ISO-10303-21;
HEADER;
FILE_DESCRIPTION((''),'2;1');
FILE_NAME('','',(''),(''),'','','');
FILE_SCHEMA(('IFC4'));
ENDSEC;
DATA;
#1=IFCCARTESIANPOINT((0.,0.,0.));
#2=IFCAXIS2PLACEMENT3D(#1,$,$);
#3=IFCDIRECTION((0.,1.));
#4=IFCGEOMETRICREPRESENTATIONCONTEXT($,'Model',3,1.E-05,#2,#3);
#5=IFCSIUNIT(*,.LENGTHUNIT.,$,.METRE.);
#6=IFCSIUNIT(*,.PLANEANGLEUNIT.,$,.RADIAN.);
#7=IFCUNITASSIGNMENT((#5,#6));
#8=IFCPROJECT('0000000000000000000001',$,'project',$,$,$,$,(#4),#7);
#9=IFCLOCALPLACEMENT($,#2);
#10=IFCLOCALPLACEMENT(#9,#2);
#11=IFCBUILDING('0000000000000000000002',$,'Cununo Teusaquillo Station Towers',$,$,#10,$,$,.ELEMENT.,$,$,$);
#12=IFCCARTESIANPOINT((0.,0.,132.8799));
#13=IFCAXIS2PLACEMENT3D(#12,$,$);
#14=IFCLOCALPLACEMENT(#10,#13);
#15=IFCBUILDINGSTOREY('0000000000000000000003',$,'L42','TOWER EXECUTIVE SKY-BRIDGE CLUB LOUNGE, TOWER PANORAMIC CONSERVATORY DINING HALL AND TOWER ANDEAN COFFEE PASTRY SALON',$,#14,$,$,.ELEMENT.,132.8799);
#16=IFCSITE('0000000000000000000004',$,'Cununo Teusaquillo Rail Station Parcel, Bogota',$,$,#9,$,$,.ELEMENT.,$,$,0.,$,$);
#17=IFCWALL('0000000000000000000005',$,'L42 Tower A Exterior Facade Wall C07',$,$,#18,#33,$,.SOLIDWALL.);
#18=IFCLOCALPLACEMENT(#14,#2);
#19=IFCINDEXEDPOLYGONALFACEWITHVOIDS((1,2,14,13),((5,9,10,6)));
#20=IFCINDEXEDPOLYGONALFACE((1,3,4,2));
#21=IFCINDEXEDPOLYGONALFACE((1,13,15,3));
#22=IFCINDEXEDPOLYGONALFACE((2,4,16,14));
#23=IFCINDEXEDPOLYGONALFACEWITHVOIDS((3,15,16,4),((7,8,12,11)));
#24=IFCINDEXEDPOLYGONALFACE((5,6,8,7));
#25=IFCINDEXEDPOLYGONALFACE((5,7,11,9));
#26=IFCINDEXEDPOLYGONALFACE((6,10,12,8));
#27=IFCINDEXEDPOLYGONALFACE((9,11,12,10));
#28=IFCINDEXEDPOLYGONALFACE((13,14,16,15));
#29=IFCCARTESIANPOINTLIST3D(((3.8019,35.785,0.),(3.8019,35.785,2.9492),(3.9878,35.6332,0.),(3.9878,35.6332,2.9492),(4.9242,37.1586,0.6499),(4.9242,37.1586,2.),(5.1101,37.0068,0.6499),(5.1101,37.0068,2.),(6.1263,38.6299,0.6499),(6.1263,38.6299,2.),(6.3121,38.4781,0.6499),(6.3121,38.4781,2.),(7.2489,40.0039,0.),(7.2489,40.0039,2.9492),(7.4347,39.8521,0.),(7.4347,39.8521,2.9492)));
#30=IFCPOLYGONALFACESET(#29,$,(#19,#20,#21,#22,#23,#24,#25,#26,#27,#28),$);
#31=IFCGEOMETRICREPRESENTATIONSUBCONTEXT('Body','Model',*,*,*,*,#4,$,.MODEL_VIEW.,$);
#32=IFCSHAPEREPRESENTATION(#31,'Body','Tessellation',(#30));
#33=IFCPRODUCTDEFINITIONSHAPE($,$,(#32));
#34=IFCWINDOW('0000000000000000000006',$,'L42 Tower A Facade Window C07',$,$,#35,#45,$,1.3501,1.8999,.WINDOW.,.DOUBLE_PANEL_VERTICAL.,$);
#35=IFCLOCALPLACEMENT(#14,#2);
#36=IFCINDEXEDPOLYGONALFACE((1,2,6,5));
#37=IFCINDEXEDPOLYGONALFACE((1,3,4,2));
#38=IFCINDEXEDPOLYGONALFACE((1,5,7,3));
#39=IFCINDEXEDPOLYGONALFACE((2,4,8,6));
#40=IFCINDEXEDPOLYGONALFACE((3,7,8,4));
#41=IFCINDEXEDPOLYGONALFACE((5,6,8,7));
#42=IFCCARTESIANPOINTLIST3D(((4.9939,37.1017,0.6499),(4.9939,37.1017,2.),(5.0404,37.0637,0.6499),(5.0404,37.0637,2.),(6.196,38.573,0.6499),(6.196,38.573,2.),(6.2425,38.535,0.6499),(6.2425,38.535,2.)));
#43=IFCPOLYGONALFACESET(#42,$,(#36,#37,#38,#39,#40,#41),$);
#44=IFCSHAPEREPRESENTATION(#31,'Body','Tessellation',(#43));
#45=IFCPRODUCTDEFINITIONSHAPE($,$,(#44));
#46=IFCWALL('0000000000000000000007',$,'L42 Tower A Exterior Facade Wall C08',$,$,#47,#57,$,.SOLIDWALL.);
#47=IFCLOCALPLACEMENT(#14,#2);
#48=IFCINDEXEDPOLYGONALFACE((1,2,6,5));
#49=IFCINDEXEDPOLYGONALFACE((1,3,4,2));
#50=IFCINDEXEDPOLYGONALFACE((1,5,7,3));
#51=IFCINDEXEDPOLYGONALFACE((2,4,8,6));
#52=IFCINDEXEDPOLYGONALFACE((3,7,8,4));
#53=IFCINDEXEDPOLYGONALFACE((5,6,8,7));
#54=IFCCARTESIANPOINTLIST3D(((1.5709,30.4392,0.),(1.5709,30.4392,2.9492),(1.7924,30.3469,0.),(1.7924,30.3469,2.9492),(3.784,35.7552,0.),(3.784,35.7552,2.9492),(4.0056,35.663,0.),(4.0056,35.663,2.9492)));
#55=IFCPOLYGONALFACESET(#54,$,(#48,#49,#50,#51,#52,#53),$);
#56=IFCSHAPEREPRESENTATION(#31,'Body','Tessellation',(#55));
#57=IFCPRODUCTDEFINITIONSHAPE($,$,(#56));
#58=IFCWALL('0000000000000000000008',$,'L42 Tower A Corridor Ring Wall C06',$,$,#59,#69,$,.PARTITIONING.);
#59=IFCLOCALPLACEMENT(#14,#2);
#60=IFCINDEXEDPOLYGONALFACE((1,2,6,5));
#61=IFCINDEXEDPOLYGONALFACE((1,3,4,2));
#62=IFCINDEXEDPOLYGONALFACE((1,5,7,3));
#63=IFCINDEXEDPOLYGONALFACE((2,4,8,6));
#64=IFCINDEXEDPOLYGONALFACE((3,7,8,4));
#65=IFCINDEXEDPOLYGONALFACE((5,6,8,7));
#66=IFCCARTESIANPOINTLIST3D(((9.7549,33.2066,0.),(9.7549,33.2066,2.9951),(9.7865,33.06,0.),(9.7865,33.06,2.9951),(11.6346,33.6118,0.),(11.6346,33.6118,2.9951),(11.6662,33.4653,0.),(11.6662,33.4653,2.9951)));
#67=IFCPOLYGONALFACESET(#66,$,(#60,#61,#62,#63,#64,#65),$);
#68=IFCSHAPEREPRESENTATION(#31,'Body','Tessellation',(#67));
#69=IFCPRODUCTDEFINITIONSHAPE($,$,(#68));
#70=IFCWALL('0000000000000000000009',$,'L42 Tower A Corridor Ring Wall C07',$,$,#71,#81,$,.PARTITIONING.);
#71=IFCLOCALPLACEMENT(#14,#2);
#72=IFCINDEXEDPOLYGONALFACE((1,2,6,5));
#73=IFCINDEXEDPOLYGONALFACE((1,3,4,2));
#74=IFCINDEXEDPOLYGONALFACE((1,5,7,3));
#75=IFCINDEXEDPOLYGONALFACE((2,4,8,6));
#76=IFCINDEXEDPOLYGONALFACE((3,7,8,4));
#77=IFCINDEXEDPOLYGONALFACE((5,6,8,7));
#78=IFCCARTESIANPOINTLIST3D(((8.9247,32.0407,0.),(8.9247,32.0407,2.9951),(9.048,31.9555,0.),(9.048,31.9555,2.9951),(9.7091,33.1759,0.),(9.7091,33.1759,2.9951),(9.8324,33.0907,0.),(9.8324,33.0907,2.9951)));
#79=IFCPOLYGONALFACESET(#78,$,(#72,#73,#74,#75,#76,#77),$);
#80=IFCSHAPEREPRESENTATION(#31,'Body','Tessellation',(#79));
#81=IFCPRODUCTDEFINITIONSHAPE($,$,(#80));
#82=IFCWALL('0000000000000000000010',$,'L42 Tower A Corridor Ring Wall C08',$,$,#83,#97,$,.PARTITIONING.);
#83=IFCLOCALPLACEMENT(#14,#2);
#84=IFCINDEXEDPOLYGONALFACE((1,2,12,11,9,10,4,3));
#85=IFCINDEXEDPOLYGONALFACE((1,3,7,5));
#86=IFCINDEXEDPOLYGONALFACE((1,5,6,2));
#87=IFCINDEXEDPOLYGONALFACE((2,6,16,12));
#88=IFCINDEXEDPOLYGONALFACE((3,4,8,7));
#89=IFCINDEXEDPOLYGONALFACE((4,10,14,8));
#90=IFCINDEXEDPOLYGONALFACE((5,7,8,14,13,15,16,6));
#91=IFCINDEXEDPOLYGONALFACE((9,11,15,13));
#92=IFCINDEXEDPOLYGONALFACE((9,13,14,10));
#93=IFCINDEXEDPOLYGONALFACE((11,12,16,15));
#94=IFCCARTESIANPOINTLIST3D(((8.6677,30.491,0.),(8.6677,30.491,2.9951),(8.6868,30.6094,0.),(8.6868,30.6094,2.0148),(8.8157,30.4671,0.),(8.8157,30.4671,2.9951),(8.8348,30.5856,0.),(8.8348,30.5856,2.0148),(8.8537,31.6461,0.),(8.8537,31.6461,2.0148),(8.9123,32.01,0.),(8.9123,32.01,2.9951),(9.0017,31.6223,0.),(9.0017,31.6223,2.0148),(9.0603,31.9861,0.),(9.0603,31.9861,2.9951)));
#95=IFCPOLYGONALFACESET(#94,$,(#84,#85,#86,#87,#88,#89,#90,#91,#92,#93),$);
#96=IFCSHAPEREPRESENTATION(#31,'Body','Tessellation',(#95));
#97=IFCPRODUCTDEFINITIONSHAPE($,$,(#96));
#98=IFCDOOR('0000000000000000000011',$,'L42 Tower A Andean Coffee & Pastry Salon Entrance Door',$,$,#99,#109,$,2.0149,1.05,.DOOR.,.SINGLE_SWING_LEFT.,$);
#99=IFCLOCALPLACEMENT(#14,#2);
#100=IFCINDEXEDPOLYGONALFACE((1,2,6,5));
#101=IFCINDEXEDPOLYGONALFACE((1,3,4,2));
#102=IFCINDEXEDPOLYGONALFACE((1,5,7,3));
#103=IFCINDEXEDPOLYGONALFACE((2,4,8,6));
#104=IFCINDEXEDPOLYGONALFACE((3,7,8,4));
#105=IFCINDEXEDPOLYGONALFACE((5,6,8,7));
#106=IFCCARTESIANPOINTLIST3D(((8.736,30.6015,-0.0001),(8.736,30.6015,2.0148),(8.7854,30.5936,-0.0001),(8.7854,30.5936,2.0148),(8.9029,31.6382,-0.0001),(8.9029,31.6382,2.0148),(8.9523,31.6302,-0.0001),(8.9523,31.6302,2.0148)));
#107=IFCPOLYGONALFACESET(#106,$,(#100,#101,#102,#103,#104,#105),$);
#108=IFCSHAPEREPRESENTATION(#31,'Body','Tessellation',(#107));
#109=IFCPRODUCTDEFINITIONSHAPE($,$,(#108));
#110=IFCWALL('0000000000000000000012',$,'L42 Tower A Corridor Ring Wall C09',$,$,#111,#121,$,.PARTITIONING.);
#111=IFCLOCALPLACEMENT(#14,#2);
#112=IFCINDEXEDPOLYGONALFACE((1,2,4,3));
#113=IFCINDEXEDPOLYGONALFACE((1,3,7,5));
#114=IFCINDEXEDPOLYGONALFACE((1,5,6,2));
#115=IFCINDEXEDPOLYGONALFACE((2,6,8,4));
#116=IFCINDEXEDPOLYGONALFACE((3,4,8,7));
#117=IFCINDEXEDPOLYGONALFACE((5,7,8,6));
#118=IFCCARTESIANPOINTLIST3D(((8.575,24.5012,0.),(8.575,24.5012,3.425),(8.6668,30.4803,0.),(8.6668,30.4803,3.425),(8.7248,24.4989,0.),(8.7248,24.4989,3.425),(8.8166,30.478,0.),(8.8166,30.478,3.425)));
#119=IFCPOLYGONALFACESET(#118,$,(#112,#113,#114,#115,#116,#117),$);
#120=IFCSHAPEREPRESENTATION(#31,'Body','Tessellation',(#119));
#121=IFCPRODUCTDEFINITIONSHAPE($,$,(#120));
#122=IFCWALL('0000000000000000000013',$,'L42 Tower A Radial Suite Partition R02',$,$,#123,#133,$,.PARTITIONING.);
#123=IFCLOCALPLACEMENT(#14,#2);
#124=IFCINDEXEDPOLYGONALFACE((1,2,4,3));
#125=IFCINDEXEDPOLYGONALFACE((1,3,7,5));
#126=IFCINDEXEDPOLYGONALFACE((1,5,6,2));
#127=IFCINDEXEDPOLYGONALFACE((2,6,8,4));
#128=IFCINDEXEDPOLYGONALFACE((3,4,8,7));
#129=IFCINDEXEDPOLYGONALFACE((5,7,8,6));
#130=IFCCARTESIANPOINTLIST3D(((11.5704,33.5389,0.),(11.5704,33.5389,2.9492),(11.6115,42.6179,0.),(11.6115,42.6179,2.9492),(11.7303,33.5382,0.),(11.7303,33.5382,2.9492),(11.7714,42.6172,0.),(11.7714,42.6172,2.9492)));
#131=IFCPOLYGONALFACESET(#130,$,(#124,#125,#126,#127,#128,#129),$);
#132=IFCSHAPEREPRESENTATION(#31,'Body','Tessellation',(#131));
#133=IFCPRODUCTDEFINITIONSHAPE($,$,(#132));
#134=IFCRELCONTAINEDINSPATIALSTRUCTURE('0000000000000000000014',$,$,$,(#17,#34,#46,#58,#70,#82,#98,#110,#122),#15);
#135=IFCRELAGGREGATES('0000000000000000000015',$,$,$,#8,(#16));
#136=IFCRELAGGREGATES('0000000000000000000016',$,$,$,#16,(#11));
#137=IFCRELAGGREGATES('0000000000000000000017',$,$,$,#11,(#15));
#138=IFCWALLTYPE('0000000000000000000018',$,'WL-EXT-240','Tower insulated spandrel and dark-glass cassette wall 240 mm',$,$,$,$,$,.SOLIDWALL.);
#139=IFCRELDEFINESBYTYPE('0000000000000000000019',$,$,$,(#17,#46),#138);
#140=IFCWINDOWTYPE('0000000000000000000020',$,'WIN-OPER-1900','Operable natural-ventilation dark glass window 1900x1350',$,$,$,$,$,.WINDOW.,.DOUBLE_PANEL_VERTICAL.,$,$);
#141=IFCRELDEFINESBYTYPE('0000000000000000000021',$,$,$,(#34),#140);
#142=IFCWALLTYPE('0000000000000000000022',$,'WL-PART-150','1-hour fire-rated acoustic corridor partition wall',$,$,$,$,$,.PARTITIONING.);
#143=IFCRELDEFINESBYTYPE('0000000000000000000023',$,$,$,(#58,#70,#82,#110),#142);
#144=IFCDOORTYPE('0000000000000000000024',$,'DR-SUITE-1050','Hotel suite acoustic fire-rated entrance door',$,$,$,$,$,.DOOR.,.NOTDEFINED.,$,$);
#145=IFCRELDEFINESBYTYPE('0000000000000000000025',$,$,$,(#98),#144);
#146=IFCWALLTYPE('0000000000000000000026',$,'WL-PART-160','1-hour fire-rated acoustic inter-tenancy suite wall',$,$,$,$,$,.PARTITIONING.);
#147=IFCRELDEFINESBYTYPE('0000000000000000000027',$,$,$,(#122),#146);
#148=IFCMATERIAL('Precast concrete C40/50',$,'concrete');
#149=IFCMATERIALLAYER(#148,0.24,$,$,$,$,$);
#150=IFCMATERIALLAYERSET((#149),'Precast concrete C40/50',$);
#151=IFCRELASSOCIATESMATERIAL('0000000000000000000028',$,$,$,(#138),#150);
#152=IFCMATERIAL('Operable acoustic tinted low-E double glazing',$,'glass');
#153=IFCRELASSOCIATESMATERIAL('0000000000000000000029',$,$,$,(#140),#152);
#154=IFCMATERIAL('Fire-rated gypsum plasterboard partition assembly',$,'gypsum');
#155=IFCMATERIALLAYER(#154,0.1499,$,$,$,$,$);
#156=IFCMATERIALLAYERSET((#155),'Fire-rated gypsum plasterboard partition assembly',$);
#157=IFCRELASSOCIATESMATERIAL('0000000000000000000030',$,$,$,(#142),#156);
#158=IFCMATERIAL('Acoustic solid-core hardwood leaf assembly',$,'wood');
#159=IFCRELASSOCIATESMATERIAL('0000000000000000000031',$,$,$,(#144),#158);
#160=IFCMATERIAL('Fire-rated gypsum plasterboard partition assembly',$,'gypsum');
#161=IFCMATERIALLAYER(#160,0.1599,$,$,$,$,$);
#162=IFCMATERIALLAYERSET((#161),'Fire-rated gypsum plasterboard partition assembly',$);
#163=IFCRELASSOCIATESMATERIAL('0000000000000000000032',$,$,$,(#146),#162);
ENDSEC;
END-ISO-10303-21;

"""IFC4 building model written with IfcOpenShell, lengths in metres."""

from ifc_helpers import new_model, si_unit, direction, frame, frame_2d, origin, place, context, subcontext, project, spatial, rectangle, extrude, source, transform, mapped, material, layer, layer_set, type_object, element, fill, save


model = new_model("IFC4")

# Units and contexts
model_context = context("Model", 3, precision=1e-05, world=origin(), true_north=direction((0.0, 1.0)))
body_context = subcontext(model_context, "Body", "Model", "MODEL_VIEW")
ifc_project = project(units=[si_unit("LENGTHUNIT", "METRE"), si_unit("PLANEANGLEUNIT", "RADIAN")], contexts=[model_context])

# Site, building, storey
site_placement = place(None, origin())
site = spatial("IfcSite", under=ifc_project, at=site_placement, Name="Cununo Teusaquillo Rail Station Parcel, Bogota", CompositionType="ELEMENT", RefElevation=0.0)
building_placement = place(site_placement, origin())
building = spatial("IfcBuilding", under=site, at=building_placement, Name="Cununo Teusaquillo Station Towers", CompositionType="ELEMENT")
storey_placement = place(building_placement, frame((0.0, 0.0, 132.8799)))
storey = spatial("IfcBuildingStorey", under=building, at=storey_placement, Name="L42", Description="TOWER EXECUTIVE SKY-BRIDGE CLUB LOUNGE, TOWER PANORAMIC CONSERVATORY DINING HALL AND TOWER ANDEAN COFFEE PASTRY SALON", CompositionType="ELEMENT", Elevation=132.8799)

# Shared definitions
ifc_material_1 = material(Name="Precast concrete C40/50", Category="concrete")
ifc_layer_1 = layer(ifc_material_1, 0.24)
ifc_layer_set_1 = layer_set([ifc_layer_1], Name="Precast concrete C40/50")
wall_type_1 = type_object("IfcWallType", Name="WL-EXT-240", Description="Tower insulated spandrel and dark-glass cassette wall 240 mm", PredefinedType="SOLIDWALL", material=ifc_layer_set_1)

# Wall, opening, window
wall_1_placement = place(storey_placement, frame((3.8948, 35.709, 0.0), z_axis=(0.0, 0.0, 1.0), x_axis=(0.632701, 0.774396, 0.0)))
wall_1 = element("IfcWall", 1, at=wall_1_placement, inside=storey, type_object=wall_type_1, Name="L42 Tower A Exterior Facade Wall C07", PredefinedType="SOLIDWALL", context=body_context, shape_type="SweptSolid", body=[
    extrude(rectangle(XDim=5.448, YDim=0.24, at=frame_2d((2.7241, 0.0))), origin(), (0.0, 0.0, 1.0), 2.9492),
])
shared_shape_1 = source(origin(), body_context, "Body", "SweptSolid", [
    extrude(rectangle(XDim=1.8999, YDim=1.3501, at=frame_2d((0.95, 0.675))), frame((0.0, 0.1299, 0.0), z_axis=(0.0, -1.0, 0.0), x_axis=(1.0, 0.0, 0.0)), (0.0, 0.0, 1.0), 0.26),
])
opening_1_placement = place(wall_1_placement, frame((1.7739, 0.0, 0.6499)))
opening_1 = element("IfcOpeningElement", 2, at=opening_1_placement, cuts=wall_1, PredefinedType="OPENING", context=body_context, shape_type="MappedRepresentation", body=[
    mapped(shared_shape_1, transform((0.0, 0.0, 0.0), x_axis=(1.0, 0.0, 0.0), y_axis=(0.0, 1.0, 0.0), z_axis=(0.0, 0.0, 1.0), scale=1.0)),
])
ifc_material_2 = material(Name="Operable acoustic tinted low-E double glazing", Category="glass")
window_type = type_object("IfcWindowType", Name="WIN-OPER-1900", Description="Operable natural-ventilation dark glass window 1900x1350", PartitioningType="DOUBLE_PANEL_VERTICAL", PredefinedType="WINDOW", material=ifc_material_2)
shared_shape_2 = source(origin(), body_context, "Body", "SweptSolid", [
    extrude(rectangle(XDim=1.8999, YDim=1.3501, at=frame_2d((0.95, 0.675))), frame((0.0, 0.03, 0.0), z_axis=(0.0, -1.0, 0.0), x_axis=(1.0, 0.0, 0.0)), (0.0, 0.0, 1.0), 0.0601),
])
window_placement = place(opening_1_placement, origin())
window = element("IfcWindow", 3, at=window_placement, inside=storey, type_object=window_type, Name="L42 Tower A Facade Window C07", OverallHeight=1.3501, OverallWidth=1.8999, PartitioningType="DOUBLE_PANEL_VERTICAL", PredefinedType="WINDOW", context=body_context, shape_type="MappedRepresentation", body=[
    mapped(shared_shape_2, transform((0.0, 0.0, 0.0), x_axis=(1.0, 0.0, 0.0), y_axis=(0.0, 1.0, 0.0), z_axis=(0.0, 0.0, 1.0), scale=1.0)),
])
fill(opening_1, window)

# Walls
wall_2_placement = place(storey_placement, frame((1.6816, 30.3931, 0.0), z_axis=(0.0, 0.0, 1.0), x_axis=(0.384344, 0.92319, 0.0)))
element("IfcWall", 4, at=wall_2_placement, inside=storey, type_object=wall_type_1, Name="L42 Tower A Exterior Facade Wall C08", PredefinedType="SOLIDWALL", context=body_context, shape_type="SweptSolid", body=[
    extrude(rectangle(XDim=5.7583, YDim=0.24, at=frame_2d((2.8792, 0.0))), origin(), (0.0, 0.0, 1.0), 2.9492),
])
ifc_material_3 = material(Name="Fire-rated gypsum plasterboard partition assembly", Category="gypsum")
ifc_layer_2 = layer(ifc_material_3, 0.1499)
ifc_layer_set_2 = layer_set([ifc_layer_2], Name="Fire-rated gypsum plasterboard partition assembly")
wall_type_2 = type_object("IfcWallType", Name="WL-PART-150", Description="1-hour fire-rated acoustic corridor partition wall", PredefinedType="PARTITIONING", material=ifc_layer_set_2)
wall_3_placement = place(storey_placement, frame((11.6504, 33.5386, 0.0), z_axis=(0.0, 0.0, 1.0), x_axis=(-0.977536, -0.210769, 0.0)))
element("IfcWall", 5, at=wall_3_placement, inside=storey, type_object=wall_type_2, Name="L42 Tower A Corridor Ring Wall C06", PredefinedType="PARTITIONING", context=body_context, shape_type="SweptSolid", body=[
    extrude(rectangle(XDim=1.9229, YDim=0.1499, at=frame_2d((0.9614, 0.0))), origin(), (0.0, 0.0, 1.0), 2.9951),
])
wall_4_placement = place(storey_placement, frame((9.7708, 33.1333, 0.0), z_axis=(0.0, 0.0, 1.0), x_axis=(-0.568465, -0.822708, 0.0)))
element("IfcWall", 6, at=wall_4_placement, inside=storey, type_object=wall_type_2, Name="L42 Tower A Corridor Ring Wall C07", PredefinedType="PARTITIONING", context=body_context, shape_type="SweptSolid", body=[
    extrude(rectangle(XDim=1.3799, YDim=0.1499, at=frame_2d((0.6899, 0.0))), origin(), (0.0, 0.0, 1.0), 2.9951),
])

# Wall, opening, door
wall_5_placement = place(storey_placement, frame((8.9863, 31.998, 0.0), z_axis=(0.0, 0.0, 1.0), x_axis=(-0.158993, -0.98728, 0.0)))
wall_5 = element("IfcWall", 7, at=wall_5_placement, inside=storey, type_object=wall_type_2, Name="L42 Tower A Corridor Ring Wall C08", PredefinedType="PARTITIONING", context=body_context, shape_type="SweptSolid", body=[
    extrude(rectangle(XDim=1.5386, YDim=0.1499, at=frame_2d((0.7693, 0.0))), origin(), (0.0, 0.0, 1.0), 2.9951),
])
shared_shape_3 = source(origin(), body_context, "Body", "SweptSolid", [
    extrude(rectangle(XDim=1.05, YDim=2.0149, at=frame_2d((0.5249, 1.0073))), frame((0.0, 0.085, 0.0), z_axis=(0.0, -1.0, 0.0), x_axis=(1.0, 0.0, 0.0)), (0.0, 0.0, 1.0), 0.1699),
])
opening_2_placement = place(wall_5_placement, frame((0.3687, 0.0, 0.0)))
opening_2 = element("IfcOpeningElement", 8, at=opening_2_placement, cuts=wall_5, PredefinedType="OPENING", context=body_context, shape_type="MappedRepresentation", body=[
    mapped(shared_shape_3, transform((0.0, 0.0, 0.0), x_axis=(1.0, 0.0, 0.0), y_axis=(0.0, 1.0, 0.0), z_axis=(0.0, 0.0, 1.0), scale=1.0)),
])
ifc_material_4 = material(Name="Acoustic solid-core hardwood leaf assembly", Category="wood")
door_type_1 = type_object("IfcDoorType", Name="DR-SUITE-1050", Description="Hotel suite acoustic fire-rated entrance door", OperationType="NOTDEFINED", PredefinedType="DOOR", material=ifc_material_4)
shared_shape_4 = source(origin(), body_context, "Body", "SweptSolid", [
    extrude(rectangle(XDim=1.05, YDim=2.0149, at=frame_2d((0.5249, 1.0073))), frame((0.0, 0.0249, 0.0), z_axis=(0.0, -1.0, 0.0), x_axis=(1.0, 0.0, 0.0)), (0.0, 0.0, 1.0), 0.05),
])
door_1_placement = place(opening_2_placement, origin())
door_1 = element("IfcDoor", 9, at=door_1_placement, inside=storey, type_object=door_type_1, Name="L42 Tower A Andean Coffee & Pastry Salon Entrance Door", OperationType="SINGLE_SWING_LEFT", OverallHeight=2.0149, OverallWidth=1.05, PredefinedType="DOOR", context=body_context, shape_type="MappedRepresentation", body=[
    mapped(shared_shape_4, transform((0.0, 0.0, 0.0), x_axis=(1.0, 0.0, 0.0), y_axis=(0.0, 1.0, 0.0), z_axis=(0.0, 0.0, 1.0), scale=1.0)),
])
fill(opening_2, door_1)

# Walls
wall_6_placement = place(storey_placement, frame((8.7417, 30.479, 0.0), z_axis=(0.0, 0.0, 1.0), x_axis=(-0.015351, -0.999882, 0.0)))
element("IfcWall", 10, at=wall_6_placement, inside=storey, type_object=wall_type_2, Name="L42 Tower A Corridor Ring Wall C09", PredefinedType="PARTITIONING", context=body_context, shape_type="SweptSolid", body=[
    extrude(rectangle(XDim=5.9797, YDim=0.1499, at=frame_2d((2.9897, 0.0))), origin(), (0.0, 0.0, 1.0), 3.425),
])
ifc_material_5 = material(Name="Fire-rated gypsum plasterboard partition assembly", Category="gypsum")
ifc_layer_3 = layer(ifc_material_5, 0.1599)
ifc_layer_set_3 = layer_set([ifc_layer_3], Name="Fire-rated gypsum plasterboard partition assembly")
wall_type_3 = type_object("IfcWallType", Name="WL-PART-160", Description="1-hour fire-rated acoustic inter-tenancy suite wall", PredefinedType="PARTITIONING", material=ifc_layer_set_3)
wall_7_placement = place(storey_placement, frame((11.6504, 33.5386, 0.0), z_axis=(0.0, 0.0, 1.0), x_axis=(0.004518, 0.99999, 0.0)))
element("IfcWall", 11, at=wall_7_placement, inside=storey, type_object=wall_type_3, Name="L42 Tower A Radial Suite Partition R02", PredefinedType="PARTITIONING", context=body_context, shape_type="SweptSolid", body=[
    extrude(rectangle(XDim=9.0791, YDim=0.1599, at=frame_2d((4.5396, 0.0))), origin(), (0.0, 0.0, 1.0), 2.9492),
])

save(model, "model.ifc")
